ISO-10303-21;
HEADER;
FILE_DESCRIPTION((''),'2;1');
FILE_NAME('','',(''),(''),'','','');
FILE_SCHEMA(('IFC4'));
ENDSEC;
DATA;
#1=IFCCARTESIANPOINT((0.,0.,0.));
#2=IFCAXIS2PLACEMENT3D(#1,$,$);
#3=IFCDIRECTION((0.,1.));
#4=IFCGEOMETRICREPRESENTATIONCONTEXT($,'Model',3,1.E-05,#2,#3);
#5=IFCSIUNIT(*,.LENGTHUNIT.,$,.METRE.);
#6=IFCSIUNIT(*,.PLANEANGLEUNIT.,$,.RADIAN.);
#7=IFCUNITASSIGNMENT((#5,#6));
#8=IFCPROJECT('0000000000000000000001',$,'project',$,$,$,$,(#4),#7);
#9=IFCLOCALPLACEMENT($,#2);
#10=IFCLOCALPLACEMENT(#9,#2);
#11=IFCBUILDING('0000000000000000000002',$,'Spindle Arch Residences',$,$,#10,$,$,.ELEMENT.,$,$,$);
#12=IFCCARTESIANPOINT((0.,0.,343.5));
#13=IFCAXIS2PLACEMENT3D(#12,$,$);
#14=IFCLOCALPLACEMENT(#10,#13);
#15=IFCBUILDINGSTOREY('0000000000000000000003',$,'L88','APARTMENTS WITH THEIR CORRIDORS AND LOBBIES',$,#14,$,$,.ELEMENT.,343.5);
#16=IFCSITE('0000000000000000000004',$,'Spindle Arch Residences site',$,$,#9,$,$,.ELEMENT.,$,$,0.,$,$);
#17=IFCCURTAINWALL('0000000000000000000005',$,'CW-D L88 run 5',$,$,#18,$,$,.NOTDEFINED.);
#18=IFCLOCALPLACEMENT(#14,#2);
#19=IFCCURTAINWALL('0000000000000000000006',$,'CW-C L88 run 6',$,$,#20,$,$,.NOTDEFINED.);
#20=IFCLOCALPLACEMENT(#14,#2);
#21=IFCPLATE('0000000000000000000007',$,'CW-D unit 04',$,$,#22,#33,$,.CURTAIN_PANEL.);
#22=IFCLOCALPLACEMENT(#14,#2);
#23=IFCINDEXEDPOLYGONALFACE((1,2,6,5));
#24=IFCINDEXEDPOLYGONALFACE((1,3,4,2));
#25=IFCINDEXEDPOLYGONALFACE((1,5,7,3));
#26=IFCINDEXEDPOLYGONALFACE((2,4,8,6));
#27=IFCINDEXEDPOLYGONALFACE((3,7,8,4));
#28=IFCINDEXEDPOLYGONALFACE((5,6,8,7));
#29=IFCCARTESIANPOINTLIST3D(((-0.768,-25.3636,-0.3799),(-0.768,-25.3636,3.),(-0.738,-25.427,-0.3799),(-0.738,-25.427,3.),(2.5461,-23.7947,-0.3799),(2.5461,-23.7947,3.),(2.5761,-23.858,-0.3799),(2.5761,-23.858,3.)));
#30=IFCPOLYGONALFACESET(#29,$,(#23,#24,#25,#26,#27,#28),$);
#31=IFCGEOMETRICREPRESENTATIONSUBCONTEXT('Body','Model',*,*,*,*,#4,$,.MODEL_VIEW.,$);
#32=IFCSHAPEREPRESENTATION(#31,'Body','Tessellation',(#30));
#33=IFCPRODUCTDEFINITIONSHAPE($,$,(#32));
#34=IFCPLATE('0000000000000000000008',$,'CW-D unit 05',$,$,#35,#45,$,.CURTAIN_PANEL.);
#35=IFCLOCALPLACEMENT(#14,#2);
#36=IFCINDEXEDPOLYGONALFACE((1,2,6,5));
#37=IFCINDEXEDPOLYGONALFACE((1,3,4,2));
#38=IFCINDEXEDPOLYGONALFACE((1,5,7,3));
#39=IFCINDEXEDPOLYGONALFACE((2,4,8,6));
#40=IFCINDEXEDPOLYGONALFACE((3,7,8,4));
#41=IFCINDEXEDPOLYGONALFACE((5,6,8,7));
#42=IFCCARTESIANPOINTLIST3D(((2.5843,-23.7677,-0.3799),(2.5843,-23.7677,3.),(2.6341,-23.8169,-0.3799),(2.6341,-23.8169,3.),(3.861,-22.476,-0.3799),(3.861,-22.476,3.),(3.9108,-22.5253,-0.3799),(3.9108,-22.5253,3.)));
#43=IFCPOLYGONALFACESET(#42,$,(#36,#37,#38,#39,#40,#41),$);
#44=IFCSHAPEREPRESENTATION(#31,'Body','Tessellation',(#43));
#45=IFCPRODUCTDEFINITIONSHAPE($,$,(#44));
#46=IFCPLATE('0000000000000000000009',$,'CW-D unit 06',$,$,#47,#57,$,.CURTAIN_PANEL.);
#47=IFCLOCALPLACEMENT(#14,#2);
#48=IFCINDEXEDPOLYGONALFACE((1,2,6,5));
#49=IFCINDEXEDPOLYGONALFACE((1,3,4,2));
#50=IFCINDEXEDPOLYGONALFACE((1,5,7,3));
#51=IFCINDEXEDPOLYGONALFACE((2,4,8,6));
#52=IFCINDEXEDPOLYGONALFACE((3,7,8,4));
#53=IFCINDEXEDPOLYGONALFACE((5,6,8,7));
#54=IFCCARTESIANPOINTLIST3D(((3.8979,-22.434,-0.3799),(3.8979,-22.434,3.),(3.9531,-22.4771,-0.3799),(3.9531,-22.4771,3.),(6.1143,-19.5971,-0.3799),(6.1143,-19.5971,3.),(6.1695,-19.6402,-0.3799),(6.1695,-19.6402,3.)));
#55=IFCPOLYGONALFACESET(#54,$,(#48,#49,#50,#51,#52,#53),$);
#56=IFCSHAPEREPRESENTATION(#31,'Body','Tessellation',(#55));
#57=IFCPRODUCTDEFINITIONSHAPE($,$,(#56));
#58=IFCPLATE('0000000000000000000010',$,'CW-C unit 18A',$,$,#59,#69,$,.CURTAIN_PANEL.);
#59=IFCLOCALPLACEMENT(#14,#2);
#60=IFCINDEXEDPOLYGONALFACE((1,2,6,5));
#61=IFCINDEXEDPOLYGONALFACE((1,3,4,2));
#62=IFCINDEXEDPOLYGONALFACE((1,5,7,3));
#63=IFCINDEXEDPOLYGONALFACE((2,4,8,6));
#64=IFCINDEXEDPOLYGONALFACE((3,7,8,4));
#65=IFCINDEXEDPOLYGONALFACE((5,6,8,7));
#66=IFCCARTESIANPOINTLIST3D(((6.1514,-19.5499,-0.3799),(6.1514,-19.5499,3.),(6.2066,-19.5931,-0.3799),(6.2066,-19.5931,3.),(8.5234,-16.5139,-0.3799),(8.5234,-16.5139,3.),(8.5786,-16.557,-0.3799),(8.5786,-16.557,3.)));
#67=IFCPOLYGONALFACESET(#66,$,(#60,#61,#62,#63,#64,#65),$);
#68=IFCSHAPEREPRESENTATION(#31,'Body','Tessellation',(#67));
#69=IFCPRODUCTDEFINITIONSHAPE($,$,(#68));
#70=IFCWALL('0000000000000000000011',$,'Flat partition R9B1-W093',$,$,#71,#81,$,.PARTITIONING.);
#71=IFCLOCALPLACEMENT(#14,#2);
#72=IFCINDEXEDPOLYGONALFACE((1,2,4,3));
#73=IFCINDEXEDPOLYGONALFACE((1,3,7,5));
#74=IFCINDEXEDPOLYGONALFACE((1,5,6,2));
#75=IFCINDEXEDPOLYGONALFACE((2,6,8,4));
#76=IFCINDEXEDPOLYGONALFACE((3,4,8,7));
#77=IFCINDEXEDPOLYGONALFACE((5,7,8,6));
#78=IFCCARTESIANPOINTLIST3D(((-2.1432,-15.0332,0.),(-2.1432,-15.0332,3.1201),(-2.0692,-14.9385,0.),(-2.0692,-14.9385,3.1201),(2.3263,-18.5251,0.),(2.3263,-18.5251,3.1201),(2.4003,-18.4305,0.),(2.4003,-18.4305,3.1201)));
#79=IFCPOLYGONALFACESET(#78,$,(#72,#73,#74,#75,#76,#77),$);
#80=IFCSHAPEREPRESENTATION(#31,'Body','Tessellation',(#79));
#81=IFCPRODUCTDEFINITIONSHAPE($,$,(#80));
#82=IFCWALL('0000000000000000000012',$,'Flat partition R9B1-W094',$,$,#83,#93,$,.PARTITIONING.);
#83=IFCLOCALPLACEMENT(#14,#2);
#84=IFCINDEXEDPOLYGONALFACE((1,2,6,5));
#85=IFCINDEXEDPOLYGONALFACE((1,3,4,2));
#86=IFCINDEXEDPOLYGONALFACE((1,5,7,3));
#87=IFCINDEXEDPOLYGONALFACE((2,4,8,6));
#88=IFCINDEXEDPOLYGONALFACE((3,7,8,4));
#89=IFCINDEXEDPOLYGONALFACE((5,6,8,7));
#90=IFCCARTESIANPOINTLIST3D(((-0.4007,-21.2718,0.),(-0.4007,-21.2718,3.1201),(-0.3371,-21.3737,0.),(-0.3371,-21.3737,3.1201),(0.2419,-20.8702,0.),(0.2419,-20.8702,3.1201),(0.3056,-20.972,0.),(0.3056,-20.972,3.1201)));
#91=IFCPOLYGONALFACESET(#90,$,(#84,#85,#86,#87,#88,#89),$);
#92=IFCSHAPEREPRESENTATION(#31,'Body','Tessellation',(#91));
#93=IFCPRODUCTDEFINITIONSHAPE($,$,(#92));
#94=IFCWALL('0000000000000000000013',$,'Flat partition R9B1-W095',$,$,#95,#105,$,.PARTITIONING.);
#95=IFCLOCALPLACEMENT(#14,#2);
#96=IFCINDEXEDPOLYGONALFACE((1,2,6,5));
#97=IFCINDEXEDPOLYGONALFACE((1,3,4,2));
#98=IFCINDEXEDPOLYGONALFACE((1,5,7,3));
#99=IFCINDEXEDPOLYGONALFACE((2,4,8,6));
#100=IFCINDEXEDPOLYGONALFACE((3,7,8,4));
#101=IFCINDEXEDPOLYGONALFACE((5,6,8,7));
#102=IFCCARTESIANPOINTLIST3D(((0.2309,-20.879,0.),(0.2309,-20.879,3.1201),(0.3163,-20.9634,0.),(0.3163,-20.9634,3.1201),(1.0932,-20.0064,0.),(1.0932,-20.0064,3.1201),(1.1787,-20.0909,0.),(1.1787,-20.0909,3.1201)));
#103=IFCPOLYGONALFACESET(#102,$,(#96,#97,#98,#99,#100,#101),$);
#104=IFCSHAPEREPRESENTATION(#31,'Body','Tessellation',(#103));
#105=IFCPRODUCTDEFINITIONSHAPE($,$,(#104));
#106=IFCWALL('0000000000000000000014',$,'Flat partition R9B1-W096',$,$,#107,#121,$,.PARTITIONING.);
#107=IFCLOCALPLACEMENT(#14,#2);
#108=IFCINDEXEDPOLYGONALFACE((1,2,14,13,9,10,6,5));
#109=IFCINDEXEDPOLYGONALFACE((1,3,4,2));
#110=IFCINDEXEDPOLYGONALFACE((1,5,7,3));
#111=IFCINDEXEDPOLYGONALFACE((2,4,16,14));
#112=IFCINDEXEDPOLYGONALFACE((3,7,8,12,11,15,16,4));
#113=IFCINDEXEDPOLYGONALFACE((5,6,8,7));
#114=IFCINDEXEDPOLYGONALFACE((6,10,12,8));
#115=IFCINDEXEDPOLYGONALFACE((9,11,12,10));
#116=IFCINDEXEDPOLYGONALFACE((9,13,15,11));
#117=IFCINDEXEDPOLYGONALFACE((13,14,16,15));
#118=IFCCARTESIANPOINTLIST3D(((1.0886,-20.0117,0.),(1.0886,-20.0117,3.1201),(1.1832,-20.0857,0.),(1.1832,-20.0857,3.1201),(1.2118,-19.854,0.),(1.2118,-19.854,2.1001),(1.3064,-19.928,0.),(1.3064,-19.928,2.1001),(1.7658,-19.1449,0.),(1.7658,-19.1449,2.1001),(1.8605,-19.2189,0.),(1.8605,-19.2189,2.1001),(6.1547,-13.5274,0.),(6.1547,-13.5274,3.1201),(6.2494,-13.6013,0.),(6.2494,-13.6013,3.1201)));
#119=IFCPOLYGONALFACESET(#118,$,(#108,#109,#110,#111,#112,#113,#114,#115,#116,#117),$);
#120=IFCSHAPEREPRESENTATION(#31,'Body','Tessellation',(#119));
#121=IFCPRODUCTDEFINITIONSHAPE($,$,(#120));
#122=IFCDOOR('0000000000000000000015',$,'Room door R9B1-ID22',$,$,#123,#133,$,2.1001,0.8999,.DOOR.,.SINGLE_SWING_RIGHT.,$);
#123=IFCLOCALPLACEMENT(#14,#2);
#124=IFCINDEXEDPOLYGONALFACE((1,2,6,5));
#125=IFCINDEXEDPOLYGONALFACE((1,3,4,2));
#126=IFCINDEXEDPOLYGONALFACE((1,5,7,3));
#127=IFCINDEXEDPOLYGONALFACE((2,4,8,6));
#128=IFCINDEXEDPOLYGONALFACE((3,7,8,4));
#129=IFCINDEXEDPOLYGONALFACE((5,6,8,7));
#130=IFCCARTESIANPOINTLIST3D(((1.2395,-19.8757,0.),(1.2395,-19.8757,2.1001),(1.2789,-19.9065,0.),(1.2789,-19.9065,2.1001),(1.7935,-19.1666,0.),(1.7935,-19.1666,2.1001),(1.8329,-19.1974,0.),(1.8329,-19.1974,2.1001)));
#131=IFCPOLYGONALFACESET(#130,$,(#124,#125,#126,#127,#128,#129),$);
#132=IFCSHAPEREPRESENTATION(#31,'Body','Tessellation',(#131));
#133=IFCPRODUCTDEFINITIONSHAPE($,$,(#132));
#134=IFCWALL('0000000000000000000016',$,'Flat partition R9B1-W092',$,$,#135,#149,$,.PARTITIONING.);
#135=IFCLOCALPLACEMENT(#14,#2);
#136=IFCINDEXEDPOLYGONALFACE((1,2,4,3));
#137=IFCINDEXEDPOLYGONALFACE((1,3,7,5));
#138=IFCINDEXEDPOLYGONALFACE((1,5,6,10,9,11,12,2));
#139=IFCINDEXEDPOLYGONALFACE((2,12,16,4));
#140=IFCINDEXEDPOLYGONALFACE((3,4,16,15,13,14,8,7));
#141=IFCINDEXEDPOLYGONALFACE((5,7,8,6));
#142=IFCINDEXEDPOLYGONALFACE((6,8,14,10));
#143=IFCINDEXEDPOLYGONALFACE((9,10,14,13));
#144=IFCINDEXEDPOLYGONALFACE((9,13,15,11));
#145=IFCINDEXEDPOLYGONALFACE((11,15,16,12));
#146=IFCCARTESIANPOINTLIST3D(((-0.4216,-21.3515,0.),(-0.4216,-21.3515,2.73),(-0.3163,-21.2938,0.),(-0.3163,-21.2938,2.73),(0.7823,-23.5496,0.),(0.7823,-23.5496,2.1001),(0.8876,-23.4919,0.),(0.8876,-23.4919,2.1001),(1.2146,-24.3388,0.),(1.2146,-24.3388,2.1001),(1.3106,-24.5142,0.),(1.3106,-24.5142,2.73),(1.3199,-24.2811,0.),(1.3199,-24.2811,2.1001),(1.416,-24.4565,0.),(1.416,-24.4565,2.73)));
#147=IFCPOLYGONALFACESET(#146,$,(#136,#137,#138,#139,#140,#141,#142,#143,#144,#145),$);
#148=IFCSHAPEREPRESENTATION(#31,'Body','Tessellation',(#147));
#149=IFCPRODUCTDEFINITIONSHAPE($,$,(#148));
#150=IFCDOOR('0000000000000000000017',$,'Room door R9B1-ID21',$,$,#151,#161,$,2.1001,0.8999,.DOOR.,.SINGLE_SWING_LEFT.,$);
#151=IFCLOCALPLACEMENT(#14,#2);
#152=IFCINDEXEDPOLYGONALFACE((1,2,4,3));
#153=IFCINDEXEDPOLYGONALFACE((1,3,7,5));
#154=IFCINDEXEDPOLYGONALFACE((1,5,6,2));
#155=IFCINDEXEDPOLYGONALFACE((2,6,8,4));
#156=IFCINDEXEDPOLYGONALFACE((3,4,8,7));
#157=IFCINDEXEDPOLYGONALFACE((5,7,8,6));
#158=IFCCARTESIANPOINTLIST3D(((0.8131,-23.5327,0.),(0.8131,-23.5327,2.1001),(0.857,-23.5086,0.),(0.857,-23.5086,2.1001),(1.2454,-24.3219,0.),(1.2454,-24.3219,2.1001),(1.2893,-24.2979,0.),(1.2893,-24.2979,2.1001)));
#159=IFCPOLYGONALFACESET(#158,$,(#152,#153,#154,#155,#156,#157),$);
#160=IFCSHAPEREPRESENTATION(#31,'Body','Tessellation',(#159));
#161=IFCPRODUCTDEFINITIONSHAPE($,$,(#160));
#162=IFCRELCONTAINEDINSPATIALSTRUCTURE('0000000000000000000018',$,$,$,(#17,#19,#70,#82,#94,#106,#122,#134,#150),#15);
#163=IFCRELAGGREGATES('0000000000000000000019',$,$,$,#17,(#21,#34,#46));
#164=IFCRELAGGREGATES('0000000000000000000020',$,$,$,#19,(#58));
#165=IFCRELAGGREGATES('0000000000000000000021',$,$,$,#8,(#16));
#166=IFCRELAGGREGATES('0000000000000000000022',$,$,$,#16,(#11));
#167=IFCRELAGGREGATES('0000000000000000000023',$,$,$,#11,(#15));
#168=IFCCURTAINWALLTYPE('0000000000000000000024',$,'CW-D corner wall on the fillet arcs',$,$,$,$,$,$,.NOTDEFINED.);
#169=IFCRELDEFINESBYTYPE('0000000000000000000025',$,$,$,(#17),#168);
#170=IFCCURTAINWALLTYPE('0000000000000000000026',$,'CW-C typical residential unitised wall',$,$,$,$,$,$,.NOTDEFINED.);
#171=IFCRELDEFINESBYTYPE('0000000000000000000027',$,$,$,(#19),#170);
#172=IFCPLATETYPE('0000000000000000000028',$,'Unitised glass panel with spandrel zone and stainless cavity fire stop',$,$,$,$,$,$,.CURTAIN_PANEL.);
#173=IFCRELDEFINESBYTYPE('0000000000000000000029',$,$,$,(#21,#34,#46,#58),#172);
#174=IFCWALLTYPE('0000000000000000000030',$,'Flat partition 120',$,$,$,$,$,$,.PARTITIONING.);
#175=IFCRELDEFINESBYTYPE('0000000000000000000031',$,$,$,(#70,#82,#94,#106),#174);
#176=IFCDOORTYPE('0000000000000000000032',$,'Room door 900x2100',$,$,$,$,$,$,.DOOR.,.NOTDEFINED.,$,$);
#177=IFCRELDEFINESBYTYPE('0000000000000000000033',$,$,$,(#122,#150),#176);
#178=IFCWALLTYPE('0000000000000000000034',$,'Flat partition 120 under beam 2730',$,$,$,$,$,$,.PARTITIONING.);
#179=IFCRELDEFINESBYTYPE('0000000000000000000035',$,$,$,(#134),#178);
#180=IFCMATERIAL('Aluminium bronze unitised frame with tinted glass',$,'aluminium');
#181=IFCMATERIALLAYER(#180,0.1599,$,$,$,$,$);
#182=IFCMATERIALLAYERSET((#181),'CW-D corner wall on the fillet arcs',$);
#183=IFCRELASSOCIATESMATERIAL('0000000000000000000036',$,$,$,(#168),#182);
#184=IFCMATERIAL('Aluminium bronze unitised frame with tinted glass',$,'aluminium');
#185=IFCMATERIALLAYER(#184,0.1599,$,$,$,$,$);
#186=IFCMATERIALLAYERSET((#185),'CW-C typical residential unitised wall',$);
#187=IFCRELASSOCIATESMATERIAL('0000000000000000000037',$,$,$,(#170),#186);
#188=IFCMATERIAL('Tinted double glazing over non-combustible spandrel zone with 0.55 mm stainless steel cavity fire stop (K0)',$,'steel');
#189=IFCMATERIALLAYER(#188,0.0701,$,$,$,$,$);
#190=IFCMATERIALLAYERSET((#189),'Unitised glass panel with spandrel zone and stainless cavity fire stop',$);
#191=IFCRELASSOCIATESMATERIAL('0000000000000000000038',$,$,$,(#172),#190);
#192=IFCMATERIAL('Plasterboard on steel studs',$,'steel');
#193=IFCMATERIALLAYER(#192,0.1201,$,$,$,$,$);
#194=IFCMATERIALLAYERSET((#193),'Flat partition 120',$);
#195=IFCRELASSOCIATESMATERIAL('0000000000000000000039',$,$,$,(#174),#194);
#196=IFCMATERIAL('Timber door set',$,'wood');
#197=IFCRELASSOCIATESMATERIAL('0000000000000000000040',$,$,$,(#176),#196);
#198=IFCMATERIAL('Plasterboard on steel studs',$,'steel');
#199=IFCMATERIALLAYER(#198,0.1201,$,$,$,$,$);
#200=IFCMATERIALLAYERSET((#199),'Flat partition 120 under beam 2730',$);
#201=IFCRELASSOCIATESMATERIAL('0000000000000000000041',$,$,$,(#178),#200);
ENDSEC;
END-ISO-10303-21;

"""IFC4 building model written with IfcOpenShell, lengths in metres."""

from ifc_helpers import new_model, si_unit, direction, frame, frame_2d, origin, origin_2d, place, context, subcontext, project, spatial, rectangle, extrude, material, layer, layer_set, type_object, element, fill, aggregate, save


model = new_model("IFC4")

# Units and contexts
model_context = context("Model", 3, precision=1e-05, world=origin(), true_north=direction((0.0, 1.0)))
body_context = subcontext(model_context, "Body", "Model", "MODEL_VIEW")
ifc_project = project(units=[si_unit("LENGTHUNIT", "METRE"), si_unit("PLANEANGLEUNIT", "RADIAN")], contexts=[model_context])

# Site, building, storey
site_placement = place(None, origin())
site = spatial("IfcSite", under=ifc_project, at=site_placement, Name="Spindle Arch Residences site", CompositionType="ELEMENT", RefElevation=0.0)
building_placement = place(site_placement, origin())
building = spatial("IfcBuilding", under=site, at=building_placement, Name="Spindle Arch Residences", CompositionType="ELEMENT")
storey_placement = place(building_placement, frame((0.0, 0.0, 343.5)))
storey = spatial("IfcBuildingStorey", under=building, at=storey_placement, Name="L88", Description="APARTMENTS WITH THEIR CORRIDORS AND LOBBIES", CompositionType="ELEMENT", Elevation=343.5)

# Curtain wall
ifc_material_1 = material(Name="Aluminium bronze unitised frame with tinted glass", Category="aluminium")
ifc_layer_1 = layer(ifc_material_1, 0.1599)
ifc_layer_set_1 = layer_set([ifc_layer_1], Name="CW-D corner wall on the fillet arcs")
curtain_wall_type_1 = type_object("IfcCurtainWallType", Name="CW-D corner wall on the fillet arcs", PredefinedType="NOTDEFINED", material=ifc_layer_set_1)
curtain_wall_1_placement = place(storey_placement, origin())
curtain_wall_1 = element("IfcCurtainWall", 1, at=curtain_wall_1_placement, inside=storey, type_object=curtain_wall_type_1, Name="CW-D L88 run 5", PredefinedType="NOTDEFINED")

# Curtain wall
ifc_material_2 = material(Name="Aluminium bronze unitised frame with tinted glass", Category="aluminium")
ifc_layer_2 = layer(ifc_material_2, 0.1599)
ifc_layer_set_2 = layer_set([ifc_layer_2], Name="CW-C typical residential unitised wall")
curtain_wall_type_2 = type_object("IfcCurtainWallType", Name="CW-C typical residential unitised wall", PredefinedType="NOTDEFINED", material=ifc_layer_set_2)
curtain_wall_2_placement = place(storey_placement, origin())
curtain_wall_2 = element("IfcCurtainWall", 2, at=curtain_wall_2_placement, inside=storey, type_object=curtain_wall_type_2, Name="CW-C L88 run 6", PredefinedType="NOTDEFINED")

# Plates
ifc_material_3 = material(Name="Tinted double glazing over non-combustible spandrel zone with 0.55 mm stainless steel cavity fire stop (K0)", Category="steel")
ifc_layer_3 = layer(ifc_material_3, 0.0701)
ifc_layer_set_3 = layer_set([ifc_layer_3], Name="Unitised glass panel with spandrel zone and stainless cavity fire stop")
plate_type = type_object("IfcPlateType", Name="Unitised glass panel with spandrel zone and stainless cavity fire stop", PredefinedType="CURTAIN_PANEL", material=ifc_layer_set_3)
plate_1_placement = place(storey_placement, frame((0.9041, -24.6108, -0.3799), z_axis=(0.0, 0.0, 1.0), x_axis=(0.903834, 0.427884, 0.0)))
plate_1 = element("IfcPlate", 3, at=plate_1_placement, type_object=plate_type, Name="CW-D unit 04", PredefinedType="CURTAIN_PANEL", context=body_context, shape_type="SweptSolid", body=[
    extrude(rectangle(XDim=3.6667, YDim=0.0701, at=origin_2d()), origin(), (0.0, 0.0, 1.0), 3.3799),
])
plate_2_placement = place(storey_placement, frame((3.2476, -23.1465, -0.3799), z_axis=(0.0, 0.0, 1.0), x_axis=(0.702981, 0.711209, 0.0)))
plate_2 = element("IfcPlate", 4, at=plate_2_placement, type_object=plate_type, Name="CW-D unit 05", PredefinedType="CURTAIN_PANEL", context=body_context, shape_type="SweptSolid", body=[
    extrude(rectangle(XDim=1.8162, YDim=0.0701, at=origin_2d()), origin(), (0.0, 0.0, 1.0), 3.3799),
])
plate_3_placement = place(storey_placement, frame((5.0337, -21.0371, -0.3799), z_axis=(0.0, 0.0, 1.0), x_axis=(0.615661, 0.788011, 0.0)))
plate_3 = element("IfcPlate", 5, at=plate_3_placement, type_object=plate_type, Name="CW-D unit 06", PredefinedType="CURTAIN_PANEL", context=body_context, shape_type="SweptSolid", body=[
    extrude(rectangle(XDim=3.6001, YDim=0.0701, at=origin_2d()), origin(), (0.0, 0.0, 1.0), 3.3799),
])
aggregate(curtain_wall_1, [plate_1, plate_2, plate_3])
plate_4_placement = place(storey_placement, frame((7.365, -18.0535, -0.3799), z_axis=(0.0, 0.0, 1.0), x_axis=(0.615661, 0.788011, 0.0)))
plate_4 = element("IfcPlate", 6, at=plate_4_placement, type_object=plate_type, Name="CW-C unit 18A", PredefinedType="CURTAIN_PANEL", context=body_context, shape_type="SweptSolid", body=[
    extrude(rectangle(XDim=3.8528, YDim=0.0701, at=origin_2d()), origin(), (0.0, 0.0, 1.0), 3.3799),
])
aggregate(curtain_wall_2, [plate_4])

# Walls
ifc_material_4 = material(Name="Plasterboard on steel studs", Category="steel")
ifc_layer_4 = layer(ifc_material_4, 0.1201)
ifc_layer_set_4 = layer_set([ifc_layer_4], Name="Flat partition 120")
wall_type_1 = type_object("IfcWallType", Name="Flat partition 120", PredefinedType="PARTITIONING", material=ifc_layer_set_4)
wall_1_placement = place(storey_placement, frame((2.3633, -18.4778, 0.0), z_axis=(0.0, 0.0, 1.0), x_axis=(-0.788011, 0.615662, 0.0)))
element("IfcWall", 7, at=wall_1_placement, inside=storey, type_object=wall_type_1, Name="Flat partition R9B1-W093", PredefinedType="PARTITIONING", context=body_context, shape_type="SweptSolid", body=[
    extrude(rectangle(XDim=5.6719, YDim=0.1201, at=frame_2d((2.8359, 0.0))), origin(), (0.0, 0.0, 1.0), 3.1201),
])
wall_2_placement = place(storey_placement, frame((-0.3689, -21.3228, 0.0), z_axis=(0.0, 0.0, 1.0), x_axis=(0.847998, 0.529999, 0.0)))
element("IfcWall", 8, at=wall_2_placement, inside=storey, type_object=wall_type_1, Name="Flat partition R9B1-W094", PredefinedType="PARTITIONING", context=body_context, shape_type="SweptSolid", body=[
    extrude(rectangle(XDim=0.7578, YDim=0.1201, at=frame_2d((0.3789, 0.0))), origin(), (0.0, 0.0, 1.0), 3.1201),
])
wall_3_placement = place(storey_placement, frame((0.2737, -20.9211, 0.0), z_axis=(0.0, 0.0, 1.0), x_axis=(0.702915, 0.711274, 0.0)))
element("IfcWall", 9, at=wall_3_placement, inside=storey, type_object=wall_type_1, Name="Flat partition R9B1-W095", PredefinedType="PARTITIONING", context=body_context, shape_type="SweptSolid", body=[
    extrude(rectangle(XDim=1.2268, YDim=0.1201, at=frame_2d((0.6133, 0.0))), origin(), (0.0, 0.0, 1.0), 3.1201),
])

# Walls, openings, doors
wall_4_placement = place(storey_placement, frame((1.136, -20.0486, 0.0), z_axis=(0.0, 0.0, 1.0), x_axis=(0.615662, 0.78801, 0.0)))
wall_4 = element("IfcWall", 10, at=wall_4_placement, inside=storey, type_object=wall_type_1, Name="Flat partition R9B1-W096", PredefinedType="PARTITIONING", context=body_context, shape_type="SweptSolid", body=[
    extrude(rectangle(XDim=8.2288, YDim=0.1201, at=frame_2d((4.1143, 0.0))), origin(), (0.0, 0.0, 1.0), 3.1201),
])
opening_1_placement = place(wall_4_placement, frame((0.2, 0.0, 0.0)))
opening_1 = element("IfcOpeningElement", 11, at=opening_1_placement, cuts=wall_4, PredefinedType="OPENING", context=body_context, shape_type="SweptSolid", body=[
    extrude(rectangle(XDim=0.8999, YDim=2.1001, at=frame_2d((0.45, 1.05))), frame((0.0, 0.0701, 0.0), z_axis=(0.0, -1.0, 0.0), x_axis=(1.0, 0.0, 0.0)), (0.0, 0.0, 1.0), 0.1401),
])
ifc_material_5 = material(Name="Timber door set", Category="wood")
door_type = type_object("IfcDoorType", Name="Room door 900x2100", OperationType="NOTDEFINED", PredefinedType="DOOR", material=ifc_material_5)
door_1_placement = place(opening_1_placement, origin())
door_1 = element("IfcDoor", 12, at=door_1_placement, inside=storey, type_object=door_type, Name="Room door R9B1-ID22", OperationType="SINGLE_SWING_RIGHT", OverallHeight=2.1001, OverallWidth=0.8999, PredefinedType="DOOR", context=body_context, shape_type="SweptSolid", body=[
    extrude(rectangle(XDim=0.8999, YDim=2.1001, at=frame_2d((0.45, 1.05))), frame((0.0, 0.0249, 0.0), z_axis=(0.0, -1.0, 0.0), x_axis=(1.0, 0.0, 0.0)), (0.0, 0.0, 1.0), 0.05),
])
fill(opening_1, door_1)
ifc_material_6 = material(Name="Plasterboard on steel studs", Category="steel")
ifc_layer_5 = layer(ifc_material_6, 0.1201)
ifc_layer_set_5 = layer_set([ifc_layer_5], Name="Flat partition 120 under beam 2730")
wall_type_2 = type_object("IfcWallType", Name="Flat partition 120 under beam 2730", PredefinedType="PARTITIONING", material=ifc_layer_set_5)
wall_5_placement = place(storey_placement, frame((1.3633, -24.4854, 0.0), z_axis=(0.0, 0.0, 1.0), x_axis=(-0.480374, 0.877064, 0.0)))
wall_5 = element("IfcWall", 13, at=wall_5_placement, inside=storey, type_object=wall_type_2, Name="Flat partition R9B1-W092", PredefinedType="PARTITIONING", context=body_context, shape_type="SweptSolid", body=[
    extrude(rectangle(XDim=3.606, YDim=0.1201, at=frame_2d((1.803, 0.0))), origin(), (0.0, 0.0, 1.0), 2.73),
])
opening_2_placement = place(wall_5_placement, frame((0.2, 0.0, 0.0)))
opening_2 = element("IfcOpeningElement", 14, at=opening_2_placement, cuts=wall_5, PredefinedType="OPENING", context=body_context, shape_type="SweptSolid", body=[
    extrude(rectangle(XDim=0.8999, YDim=2.1001, at=frame_2d((0.45, 1.05))), frame((0.0, 0.0701, 0.0), z_axis=(0.0, -1.0, 0.0), x_axis=(1.0, 0.0, 0.0)), (0.0, 0.0, 1.0), 0.1401),
])
door_2_placement = place(opening_2_placement, origin())
door_2 = element("IfcDoor", 15, at=door_2_placement, inside=storey, type_object=door_type, Name="Room door R9B1-ID21", OperationType="SINGLE_SWING_LEFT", OverallHeight=2.1001, OverallWidth=0.8999, PredefinedType="DOOR", context=body_context, shape_type="SweptSolid", body=[
    extrude(rectangle(XDim=0.8999, YDim=2.1001, at=frame_2d((0.45, 1.05))), frame((0.0, 0.0249, 0.0), z_axis=(0.0, -1.0, 0.0), x_axis=(1.0, 0.0, 0.0)), (0.0, 0.0, 1.0), 0.05),
])
fill(opening_2, door_2)

save(model, "model.ifc")
